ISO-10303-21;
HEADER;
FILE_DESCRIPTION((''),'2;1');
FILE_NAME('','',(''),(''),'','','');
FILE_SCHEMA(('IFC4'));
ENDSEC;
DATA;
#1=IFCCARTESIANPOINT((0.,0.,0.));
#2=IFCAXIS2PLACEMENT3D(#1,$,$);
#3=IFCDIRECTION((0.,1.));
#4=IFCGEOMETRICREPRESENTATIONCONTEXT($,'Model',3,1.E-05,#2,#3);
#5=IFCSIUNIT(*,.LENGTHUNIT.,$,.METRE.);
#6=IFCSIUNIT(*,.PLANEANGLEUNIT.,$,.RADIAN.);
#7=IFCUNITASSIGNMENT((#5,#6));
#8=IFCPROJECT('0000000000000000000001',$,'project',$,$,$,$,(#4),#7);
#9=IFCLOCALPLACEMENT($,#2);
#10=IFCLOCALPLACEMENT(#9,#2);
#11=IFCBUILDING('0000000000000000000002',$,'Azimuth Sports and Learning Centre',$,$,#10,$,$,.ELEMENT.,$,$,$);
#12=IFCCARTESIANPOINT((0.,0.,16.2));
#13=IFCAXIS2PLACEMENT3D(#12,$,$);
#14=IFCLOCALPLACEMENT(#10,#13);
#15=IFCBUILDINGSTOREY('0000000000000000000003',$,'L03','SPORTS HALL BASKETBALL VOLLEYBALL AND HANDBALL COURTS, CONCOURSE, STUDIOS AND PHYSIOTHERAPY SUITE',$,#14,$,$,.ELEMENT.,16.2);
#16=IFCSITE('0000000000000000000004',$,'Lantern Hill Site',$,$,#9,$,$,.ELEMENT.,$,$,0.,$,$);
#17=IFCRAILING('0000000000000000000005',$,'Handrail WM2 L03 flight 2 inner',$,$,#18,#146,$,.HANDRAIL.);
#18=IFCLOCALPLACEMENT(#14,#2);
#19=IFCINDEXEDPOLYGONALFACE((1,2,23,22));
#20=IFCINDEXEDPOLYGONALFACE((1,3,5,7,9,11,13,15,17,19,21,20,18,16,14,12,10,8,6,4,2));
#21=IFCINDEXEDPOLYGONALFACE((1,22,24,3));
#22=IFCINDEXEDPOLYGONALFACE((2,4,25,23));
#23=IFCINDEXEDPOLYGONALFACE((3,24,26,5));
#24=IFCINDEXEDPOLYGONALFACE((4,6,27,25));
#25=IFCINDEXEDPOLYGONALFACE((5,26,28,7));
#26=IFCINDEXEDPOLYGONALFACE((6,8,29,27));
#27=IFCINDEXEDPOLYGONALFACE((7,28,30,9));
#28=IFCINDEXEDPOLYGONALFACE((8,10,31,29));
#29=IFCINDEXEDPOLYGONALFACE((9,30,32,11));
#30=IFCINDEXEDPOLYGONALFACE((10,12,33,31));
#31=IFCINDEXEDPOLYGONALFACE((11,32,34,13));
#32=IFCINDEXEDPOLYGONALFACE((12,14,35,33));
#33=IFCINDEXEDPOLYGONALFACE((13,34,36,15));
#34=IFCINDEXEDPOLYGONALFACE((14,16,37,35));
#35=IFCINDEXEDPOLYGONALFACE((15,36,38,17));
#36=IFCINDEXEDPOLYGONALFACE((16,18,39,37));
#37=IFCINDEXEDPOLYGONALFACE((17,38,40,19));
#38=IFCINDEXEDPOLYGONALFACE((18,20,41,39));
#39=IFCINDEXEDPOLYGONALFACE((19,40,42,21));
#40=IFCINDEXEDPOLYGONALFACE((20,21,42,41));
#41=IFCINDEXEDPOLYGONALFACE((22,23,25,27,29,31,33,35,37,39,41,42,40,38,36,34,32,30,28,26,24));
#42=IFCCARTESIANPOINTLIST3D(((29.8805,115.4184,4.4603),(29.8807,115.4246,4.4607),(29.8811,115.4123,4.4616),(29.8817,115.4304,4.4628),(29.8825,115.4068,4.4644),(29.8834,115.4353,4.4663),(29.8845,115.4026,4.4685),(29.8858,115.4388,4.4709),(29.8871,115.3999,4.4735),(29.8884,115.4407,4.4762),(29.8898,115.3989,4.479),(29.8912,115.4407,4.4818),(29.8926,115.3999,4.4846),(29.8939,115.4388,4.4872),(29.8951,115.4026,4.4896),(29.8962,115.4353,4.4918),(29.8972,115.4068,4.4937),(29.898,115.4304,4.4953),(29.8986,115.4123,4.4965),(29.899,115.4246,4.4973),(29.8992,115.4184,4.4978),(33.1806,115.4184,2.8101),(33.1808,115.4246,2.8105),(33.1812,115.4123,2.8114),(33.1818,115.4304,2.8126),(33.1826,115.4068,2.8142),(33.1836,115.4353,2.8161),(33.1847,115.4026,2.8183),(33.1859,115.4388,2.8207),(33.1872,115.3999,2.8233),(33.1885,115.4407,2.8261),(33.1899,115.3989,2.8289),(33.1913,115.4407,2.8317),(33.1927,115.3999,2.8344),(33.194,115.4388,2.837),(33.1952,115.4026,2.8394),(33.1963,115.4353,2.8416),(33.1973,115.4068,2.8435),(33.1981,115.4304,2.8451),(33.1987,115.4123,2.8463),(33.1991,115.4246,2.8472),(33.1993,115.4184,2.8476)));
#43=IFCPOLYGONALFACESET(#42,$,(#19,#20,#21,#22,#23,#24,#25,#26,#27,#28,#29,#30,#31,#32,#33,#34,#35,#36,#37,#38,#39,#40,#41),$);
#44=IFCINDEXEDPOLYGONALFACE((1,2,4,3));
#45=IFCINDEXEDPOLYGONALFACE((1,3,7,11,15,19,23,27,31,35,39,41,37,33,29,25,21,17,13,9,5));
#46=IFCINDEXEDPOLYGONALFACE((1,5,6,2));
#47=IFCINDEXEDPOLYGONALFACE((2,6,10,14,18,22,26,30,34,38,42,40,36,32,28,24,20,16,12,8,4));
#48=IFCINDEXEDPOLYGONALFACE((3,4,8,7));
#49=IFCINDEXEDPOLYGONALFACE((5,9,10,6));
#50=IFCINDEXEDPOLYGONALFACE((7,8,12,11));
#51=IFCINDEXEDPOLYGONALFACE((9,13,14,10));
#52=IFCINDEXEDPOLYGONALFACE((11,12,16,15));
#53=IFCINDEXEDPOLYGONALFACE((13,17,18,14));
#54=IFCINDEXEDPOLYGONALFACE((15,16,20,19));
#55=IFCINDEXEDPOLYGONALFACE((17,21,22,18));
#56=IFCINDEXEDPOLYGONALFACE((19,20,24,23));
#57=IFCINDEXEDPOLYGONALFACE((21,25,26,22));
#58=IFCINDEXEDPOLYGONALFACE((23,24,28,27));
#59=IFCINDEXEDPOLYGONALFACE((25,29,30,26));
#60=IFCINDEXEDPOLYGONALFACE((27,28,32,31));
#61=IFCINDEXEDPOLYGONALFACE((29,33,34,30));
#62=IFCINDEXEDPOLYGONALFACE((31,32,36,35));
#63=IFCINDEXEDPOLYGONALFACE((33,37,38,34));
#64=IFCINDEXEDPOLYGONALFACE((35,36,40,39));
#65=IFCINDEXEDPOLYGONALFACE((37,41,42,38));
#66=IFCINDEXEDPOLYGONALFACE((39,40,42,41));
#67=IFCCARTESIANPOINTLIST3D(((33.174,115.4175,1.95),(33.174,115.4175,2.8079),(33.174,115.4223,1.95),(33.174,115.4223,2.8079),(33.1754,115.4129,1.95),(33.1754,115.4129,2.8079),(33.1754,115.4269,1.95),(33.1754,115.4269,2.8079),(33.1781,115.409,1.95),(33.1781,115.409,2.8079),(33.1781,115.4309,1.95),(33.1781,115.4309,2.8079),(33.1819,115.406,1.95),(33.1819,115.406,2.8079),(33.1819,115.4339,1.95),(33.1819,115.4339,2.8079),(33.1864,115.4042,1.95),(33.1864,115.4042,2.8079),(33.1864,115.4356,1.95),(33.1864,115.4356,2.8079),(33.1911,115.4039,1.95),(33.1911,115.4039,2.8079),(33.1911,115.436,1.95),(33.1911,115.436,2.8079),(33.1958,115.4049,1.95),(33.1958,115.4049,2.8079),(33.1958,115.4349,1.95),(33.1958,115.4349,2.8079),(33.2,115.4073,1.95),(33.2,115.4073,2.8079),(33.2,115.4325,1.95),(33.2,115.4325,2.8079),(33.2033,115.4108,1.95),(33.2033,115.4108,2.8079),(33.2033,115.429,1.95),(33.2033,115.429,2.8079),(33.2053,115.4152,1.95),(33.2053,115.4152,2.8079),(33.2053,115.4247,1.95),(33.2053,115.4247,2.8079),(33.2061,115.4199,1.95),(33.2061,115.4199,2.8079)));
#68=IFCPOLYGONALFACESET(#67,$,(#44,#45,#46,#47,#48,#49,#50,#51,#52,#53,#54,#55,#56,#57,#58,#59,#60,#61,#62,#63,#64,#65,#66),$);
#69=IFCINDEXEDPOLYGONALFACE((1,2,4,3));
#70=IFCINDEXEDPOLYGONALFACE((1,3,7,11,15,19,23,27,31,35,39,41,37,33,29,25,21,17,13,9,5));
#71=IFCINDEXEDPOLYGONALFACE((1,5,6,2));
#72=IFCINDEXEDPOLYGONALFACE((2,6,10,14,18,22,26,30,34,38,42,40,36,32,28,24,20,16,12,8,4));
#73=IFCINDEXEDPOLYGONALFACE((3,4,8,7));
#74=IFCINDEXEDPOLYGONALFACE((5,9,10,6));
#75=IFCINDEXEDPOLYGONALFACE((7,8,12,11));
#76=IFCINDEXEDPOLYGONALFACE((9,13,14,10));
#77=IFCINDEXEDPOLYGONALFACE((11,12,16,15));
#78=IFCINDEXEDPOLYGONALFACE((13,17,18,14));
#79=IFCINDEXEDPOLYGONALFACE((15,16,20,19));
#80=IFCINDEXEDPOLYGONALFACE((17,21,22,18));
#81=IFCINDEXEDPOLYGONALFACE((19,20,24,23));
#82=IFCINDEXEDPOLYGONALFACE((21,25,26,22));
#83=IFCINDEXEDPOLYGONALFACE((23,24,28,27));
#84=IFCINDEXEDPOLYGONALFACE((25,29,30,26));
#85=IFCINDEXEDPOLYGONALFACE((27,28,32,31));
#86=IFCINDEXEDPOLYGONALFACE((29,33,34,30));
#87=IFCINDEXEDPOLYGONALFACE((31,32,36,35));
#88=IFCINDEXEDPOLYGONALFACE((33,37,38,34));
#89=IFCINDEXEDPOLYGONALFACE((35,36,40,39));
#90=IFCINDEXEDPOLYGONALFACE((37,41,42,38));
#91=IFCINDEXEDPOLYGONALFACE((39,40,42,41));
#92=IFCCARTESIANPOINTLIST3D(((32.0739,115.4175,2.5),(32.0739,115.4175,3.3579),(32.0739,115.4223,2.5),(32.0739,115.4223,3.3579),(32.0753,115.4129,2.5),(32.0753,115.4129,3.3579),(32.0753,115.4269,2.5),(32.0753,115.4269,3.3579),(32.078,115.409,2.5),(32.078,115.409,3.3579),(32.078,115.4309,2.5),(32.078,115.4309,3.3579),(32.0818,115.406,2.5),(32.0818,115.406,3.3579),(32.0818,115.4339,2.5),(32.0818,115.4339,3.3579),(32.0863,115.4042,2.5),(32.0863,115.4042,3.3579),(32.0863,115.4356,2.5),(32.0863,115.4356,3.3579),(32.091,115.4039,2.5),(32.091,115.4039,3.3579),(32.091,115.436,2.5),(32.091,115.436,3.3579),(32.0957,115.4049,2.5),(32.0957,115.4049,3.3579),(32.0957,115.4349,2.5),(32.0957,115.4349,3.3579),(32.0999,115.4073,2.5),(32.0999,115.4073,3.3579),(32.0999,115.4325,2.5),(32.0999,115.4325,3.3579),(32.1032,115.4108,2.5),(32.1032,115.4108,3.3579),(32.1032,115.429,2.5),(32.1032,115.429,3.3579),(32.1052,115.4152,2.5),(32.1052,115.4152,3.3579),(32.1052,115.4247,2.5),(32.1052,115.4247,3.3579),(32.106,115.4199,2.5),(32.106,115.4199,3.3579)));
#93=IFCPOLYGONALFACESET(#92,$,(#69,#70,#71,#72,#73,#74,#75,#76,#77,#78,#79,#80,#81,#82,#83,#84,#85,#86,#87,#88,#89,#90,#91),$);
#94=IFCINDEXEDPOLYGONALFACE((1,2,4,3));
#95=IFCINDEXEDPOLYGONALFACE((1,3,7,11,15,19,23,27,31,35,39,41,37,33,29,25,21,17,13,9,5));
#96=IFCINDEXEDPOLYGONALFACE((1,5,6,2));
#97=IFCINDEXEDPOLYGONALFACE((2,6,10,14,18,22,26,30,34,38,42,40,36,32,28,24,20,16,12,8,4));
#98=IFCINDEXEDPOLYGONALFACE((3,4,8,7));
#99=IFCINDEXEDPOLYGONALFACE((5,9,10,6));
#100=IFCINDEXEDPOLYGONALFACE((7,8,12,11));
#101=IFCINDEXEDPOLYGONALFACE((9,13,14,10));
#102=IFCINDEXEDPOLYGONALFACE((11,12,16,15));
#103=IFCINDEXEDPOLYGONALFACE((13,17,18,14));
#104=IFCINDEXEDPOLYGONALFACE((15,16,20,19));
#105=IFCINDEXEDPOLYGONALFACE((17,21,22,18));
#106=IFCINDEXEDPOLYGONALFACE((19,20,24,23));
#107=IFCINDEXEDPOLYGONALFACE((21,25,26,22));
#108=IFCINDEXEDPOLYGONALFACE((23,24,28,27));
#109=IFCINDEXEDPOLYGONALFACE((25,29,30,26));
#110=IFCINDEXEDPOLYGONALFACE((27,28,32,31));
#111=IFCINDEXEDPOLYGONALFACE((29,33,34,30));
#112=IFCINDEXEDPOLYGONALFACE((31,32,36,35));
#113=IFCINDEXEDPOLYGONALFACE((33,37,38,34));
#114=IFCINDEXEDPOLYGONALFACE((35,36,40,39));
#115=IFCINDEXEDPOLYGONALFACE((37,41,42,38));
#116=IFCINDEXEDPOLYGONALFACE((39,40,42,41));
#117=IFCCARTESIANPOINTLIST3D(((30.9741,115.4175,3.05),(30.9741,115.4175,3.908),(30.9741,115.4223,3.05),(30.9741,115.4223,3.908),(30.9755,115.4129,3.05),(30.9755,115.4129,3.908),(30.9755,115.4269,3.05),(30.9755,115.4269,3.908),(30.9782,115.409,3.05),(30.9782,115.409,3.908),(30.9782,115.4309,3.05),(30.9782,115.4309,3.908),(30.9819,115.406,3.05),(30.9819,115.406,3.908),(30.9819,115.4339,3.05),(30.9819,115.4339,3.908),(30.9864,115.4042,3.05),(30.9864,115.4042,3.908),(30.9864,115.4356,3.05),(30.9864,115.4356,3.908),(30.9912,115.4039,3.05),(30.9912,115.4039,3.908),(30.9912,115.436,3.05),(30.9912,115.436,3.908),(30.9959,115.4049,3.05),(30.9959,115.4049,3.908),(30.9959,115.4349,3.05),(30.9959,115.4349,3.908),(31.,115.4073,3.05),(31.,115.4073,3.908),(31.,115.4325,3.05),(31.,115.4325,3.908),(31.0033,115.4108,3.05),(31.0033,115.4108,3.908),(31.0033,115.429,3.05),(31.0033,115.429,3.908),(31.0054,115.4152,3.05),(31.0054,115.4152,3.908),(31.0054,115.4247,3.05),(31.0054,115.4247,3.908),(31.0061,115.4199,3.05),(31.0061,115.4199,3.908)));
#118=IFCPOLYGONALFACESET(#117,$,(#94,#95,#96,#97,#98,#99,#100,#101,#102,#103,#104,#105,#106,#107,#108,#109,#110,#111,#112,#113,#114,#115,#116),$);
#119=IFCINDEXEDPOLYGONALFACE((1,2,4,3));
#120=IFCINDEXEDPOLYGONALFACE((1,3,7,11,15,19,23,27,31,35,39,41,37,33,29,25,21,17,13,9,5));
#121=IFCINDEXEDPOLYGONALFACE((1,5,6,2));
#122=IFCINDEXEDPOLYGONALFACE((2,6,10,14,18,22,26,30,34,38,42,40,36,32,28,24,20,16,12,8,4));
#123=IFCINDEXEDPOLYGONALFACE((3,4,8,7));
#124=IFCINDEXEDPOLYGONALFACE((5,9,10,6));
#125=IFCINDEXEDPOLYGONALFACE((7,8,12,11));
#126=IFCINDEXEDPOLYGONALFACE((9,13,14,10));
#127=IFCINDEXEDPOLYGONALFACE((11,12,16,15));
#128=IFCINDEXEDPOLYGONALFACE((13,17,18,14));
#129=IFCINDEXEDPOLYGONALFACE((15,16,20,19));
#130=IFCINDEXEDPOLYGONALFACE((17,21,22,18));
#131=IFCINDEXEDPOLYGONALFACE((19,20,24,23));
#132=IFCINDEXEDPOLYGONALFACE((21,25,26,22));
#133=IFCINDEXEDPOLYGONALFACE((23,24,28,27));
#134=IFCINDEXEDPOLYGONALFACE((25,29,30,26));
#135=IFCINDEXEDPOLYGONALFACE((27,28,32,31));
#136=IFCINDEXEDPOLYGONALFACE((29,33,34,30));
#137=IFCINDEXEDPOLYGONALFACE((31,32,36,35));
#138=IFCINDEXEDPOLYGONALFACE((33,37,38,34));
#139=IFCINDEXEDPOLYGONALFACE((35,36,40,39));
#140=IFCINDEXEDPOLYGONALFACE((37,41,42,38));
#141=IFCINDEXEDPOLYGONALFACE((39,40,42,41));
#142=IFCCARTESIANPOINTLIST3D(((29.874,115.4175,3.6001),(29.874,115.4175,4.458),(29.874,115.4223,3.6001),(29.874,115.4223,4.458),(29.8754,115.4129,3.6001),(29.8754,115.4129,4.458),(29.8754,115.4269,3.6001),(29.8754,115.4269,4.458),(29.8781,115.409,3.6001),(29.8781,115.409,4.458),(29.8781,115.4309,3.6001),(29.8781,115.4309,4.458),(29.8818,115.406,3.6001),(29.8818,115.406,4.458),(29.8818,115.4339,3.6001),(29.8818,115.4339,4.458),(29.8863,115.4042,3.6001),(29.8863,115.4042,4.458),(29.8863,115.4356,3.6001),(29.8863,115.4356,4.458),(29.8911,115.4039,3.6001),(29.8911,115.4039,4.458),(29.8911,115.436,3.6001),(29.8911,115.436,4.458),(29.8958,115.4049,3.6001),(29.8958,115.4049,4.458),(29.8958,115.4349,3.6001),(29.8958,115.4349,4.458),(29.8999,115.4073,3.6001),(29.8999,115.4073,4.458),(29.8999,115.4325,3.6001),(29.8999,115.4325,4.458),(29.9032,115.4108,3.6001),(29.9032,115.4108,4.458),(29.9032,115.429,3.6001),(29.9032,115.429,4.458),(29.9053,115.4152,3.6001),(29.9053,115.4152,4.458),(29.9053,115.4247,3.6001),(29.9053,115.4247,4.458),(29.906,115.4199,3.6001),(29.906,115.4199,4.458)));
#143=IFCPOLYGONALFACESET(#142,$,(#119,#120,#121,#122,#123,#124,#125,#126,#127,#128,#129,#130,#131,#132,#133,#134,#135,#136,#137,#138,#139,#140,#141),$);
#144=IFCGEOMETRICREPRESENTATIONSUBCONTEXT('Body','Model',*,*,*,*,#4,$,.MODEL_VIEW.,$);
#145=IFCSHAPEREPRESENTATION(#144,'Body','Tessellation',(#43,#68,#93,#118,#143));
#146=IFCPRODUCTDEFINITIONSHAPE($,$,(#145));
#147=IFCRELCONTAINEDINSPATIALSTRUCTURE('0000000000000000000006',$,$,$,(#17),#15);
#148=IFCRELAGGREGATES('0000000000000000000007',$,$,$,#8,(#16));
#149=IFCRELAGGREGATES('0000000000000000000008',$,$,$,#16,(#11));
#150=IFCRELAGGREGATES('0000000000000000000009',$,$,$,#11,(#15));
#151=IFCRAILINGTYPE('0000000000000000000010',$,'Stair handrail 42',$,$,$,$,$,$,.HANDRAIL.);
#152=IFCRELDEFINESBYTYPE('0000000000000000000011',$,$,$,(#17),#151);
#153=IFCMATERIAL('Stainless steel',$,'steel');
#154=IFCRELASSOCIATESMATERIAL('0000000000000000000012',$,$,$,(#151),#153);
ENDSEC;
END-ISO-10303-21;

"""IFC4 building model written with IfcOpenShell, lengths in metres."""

from ifc_helpers import new_model, si_unit, direction, frame, origin, origin_2d, place, context, subcontext, project, spatial, circle, extrude, material, type_object, element, save


model = new_model("IFC4")

# Units and contexts
model_context = context("Model", 3, precision=1e-05, world=origin(), true_north=direction((0.0, 1.0)))
body_context = subcontext(model_context, "Body", "Model", "MODEL_VIEW")
ifc_project = project(units=[si_unit("LENGTHUNIT", "METRE"), si_unit("PLANEANGLEUNIT", "RADIAN")], contexts=[model_context])

# Site, building, storey
site_placement = place(None, origin())
site = spatial("IfcSite", under=ifc_project, at=site_placement, Name="Lantern Hill Site", CompositionType="ELEMENT", RefElevation=0.0)
building_placement = place(site_placement, origin())
building = spatial("IfcBuilding", under=site, at=building_placement, Name="Azimuth Sports and Learning Centre", CompositionType="ELEMENT")
storey_placement = place(building_placement, frame((0.0, 0.0, 16.2)))
storey = spatial("IfcBuildingStorey", under=building, at=storey_placement, Name="L03", Description="SPORTS HALL BASKETBALL VOLLEYBALL AND HANDBALL COURTS, CONCOURSE, STUDIOS AND PHYSIOTHERAPY SUITE", CompositionType="ELEMENT", Elevation=16.2)

# Railing
ifc_material_1 = material(Name="Stainless steel", Category="steel")
railing_type_1 = type_object("IfcRailingType", Name="Stair handrail 42", PredefinedType="HANDRAIL", material=ifc_material_1)
for number, where, name in (
    (1, (33.1899, 115.4199, 1.95), "Handrail WM2 L03 flight 2 inner"),
):
    element("IfcRailing", number, at=place(storey_placement, frame(where)), inside=storey, type_object=railing_type_1, Name=name, PredefinedType="HANDRAIL", context=body_context, shape_type="SweptSolid", body=[
        extrude(circle(Radius=0.021, at=origin_2d()), frame((0.0, 0.0, 0.8789), z_axis=(-0.894414, 0.0, 0.44724), x_axis=(0.0, -1.0, 0.0)), (0.0, 0.0, 1.0), 3.6897),
        extrude(circle(Radius=0.0161, at=origin_2d()), origin(), (0.0, 0.0, 1.0), 0.8579),
        extrude(circle(Radius=0.0161, at=origin_2d()), frame((-1.1001, 0.0, 0.55)), (0.0, 0.0, 1.0), 0.8579),
        extrude(circle(Radius=0.0161, at=origin_2d()), frame((-2.2, 0.0, 1.1001)), (0.0, 0.0, 1.0), 0.8579),
        extrude(circle(Radius=0.0161, at=origin_2d()), frame((-3.3, 0.0, 1.6501)), (0.0, 0.0, 1.0), 0.8579),
    ])

save(model, "model.ifc")
